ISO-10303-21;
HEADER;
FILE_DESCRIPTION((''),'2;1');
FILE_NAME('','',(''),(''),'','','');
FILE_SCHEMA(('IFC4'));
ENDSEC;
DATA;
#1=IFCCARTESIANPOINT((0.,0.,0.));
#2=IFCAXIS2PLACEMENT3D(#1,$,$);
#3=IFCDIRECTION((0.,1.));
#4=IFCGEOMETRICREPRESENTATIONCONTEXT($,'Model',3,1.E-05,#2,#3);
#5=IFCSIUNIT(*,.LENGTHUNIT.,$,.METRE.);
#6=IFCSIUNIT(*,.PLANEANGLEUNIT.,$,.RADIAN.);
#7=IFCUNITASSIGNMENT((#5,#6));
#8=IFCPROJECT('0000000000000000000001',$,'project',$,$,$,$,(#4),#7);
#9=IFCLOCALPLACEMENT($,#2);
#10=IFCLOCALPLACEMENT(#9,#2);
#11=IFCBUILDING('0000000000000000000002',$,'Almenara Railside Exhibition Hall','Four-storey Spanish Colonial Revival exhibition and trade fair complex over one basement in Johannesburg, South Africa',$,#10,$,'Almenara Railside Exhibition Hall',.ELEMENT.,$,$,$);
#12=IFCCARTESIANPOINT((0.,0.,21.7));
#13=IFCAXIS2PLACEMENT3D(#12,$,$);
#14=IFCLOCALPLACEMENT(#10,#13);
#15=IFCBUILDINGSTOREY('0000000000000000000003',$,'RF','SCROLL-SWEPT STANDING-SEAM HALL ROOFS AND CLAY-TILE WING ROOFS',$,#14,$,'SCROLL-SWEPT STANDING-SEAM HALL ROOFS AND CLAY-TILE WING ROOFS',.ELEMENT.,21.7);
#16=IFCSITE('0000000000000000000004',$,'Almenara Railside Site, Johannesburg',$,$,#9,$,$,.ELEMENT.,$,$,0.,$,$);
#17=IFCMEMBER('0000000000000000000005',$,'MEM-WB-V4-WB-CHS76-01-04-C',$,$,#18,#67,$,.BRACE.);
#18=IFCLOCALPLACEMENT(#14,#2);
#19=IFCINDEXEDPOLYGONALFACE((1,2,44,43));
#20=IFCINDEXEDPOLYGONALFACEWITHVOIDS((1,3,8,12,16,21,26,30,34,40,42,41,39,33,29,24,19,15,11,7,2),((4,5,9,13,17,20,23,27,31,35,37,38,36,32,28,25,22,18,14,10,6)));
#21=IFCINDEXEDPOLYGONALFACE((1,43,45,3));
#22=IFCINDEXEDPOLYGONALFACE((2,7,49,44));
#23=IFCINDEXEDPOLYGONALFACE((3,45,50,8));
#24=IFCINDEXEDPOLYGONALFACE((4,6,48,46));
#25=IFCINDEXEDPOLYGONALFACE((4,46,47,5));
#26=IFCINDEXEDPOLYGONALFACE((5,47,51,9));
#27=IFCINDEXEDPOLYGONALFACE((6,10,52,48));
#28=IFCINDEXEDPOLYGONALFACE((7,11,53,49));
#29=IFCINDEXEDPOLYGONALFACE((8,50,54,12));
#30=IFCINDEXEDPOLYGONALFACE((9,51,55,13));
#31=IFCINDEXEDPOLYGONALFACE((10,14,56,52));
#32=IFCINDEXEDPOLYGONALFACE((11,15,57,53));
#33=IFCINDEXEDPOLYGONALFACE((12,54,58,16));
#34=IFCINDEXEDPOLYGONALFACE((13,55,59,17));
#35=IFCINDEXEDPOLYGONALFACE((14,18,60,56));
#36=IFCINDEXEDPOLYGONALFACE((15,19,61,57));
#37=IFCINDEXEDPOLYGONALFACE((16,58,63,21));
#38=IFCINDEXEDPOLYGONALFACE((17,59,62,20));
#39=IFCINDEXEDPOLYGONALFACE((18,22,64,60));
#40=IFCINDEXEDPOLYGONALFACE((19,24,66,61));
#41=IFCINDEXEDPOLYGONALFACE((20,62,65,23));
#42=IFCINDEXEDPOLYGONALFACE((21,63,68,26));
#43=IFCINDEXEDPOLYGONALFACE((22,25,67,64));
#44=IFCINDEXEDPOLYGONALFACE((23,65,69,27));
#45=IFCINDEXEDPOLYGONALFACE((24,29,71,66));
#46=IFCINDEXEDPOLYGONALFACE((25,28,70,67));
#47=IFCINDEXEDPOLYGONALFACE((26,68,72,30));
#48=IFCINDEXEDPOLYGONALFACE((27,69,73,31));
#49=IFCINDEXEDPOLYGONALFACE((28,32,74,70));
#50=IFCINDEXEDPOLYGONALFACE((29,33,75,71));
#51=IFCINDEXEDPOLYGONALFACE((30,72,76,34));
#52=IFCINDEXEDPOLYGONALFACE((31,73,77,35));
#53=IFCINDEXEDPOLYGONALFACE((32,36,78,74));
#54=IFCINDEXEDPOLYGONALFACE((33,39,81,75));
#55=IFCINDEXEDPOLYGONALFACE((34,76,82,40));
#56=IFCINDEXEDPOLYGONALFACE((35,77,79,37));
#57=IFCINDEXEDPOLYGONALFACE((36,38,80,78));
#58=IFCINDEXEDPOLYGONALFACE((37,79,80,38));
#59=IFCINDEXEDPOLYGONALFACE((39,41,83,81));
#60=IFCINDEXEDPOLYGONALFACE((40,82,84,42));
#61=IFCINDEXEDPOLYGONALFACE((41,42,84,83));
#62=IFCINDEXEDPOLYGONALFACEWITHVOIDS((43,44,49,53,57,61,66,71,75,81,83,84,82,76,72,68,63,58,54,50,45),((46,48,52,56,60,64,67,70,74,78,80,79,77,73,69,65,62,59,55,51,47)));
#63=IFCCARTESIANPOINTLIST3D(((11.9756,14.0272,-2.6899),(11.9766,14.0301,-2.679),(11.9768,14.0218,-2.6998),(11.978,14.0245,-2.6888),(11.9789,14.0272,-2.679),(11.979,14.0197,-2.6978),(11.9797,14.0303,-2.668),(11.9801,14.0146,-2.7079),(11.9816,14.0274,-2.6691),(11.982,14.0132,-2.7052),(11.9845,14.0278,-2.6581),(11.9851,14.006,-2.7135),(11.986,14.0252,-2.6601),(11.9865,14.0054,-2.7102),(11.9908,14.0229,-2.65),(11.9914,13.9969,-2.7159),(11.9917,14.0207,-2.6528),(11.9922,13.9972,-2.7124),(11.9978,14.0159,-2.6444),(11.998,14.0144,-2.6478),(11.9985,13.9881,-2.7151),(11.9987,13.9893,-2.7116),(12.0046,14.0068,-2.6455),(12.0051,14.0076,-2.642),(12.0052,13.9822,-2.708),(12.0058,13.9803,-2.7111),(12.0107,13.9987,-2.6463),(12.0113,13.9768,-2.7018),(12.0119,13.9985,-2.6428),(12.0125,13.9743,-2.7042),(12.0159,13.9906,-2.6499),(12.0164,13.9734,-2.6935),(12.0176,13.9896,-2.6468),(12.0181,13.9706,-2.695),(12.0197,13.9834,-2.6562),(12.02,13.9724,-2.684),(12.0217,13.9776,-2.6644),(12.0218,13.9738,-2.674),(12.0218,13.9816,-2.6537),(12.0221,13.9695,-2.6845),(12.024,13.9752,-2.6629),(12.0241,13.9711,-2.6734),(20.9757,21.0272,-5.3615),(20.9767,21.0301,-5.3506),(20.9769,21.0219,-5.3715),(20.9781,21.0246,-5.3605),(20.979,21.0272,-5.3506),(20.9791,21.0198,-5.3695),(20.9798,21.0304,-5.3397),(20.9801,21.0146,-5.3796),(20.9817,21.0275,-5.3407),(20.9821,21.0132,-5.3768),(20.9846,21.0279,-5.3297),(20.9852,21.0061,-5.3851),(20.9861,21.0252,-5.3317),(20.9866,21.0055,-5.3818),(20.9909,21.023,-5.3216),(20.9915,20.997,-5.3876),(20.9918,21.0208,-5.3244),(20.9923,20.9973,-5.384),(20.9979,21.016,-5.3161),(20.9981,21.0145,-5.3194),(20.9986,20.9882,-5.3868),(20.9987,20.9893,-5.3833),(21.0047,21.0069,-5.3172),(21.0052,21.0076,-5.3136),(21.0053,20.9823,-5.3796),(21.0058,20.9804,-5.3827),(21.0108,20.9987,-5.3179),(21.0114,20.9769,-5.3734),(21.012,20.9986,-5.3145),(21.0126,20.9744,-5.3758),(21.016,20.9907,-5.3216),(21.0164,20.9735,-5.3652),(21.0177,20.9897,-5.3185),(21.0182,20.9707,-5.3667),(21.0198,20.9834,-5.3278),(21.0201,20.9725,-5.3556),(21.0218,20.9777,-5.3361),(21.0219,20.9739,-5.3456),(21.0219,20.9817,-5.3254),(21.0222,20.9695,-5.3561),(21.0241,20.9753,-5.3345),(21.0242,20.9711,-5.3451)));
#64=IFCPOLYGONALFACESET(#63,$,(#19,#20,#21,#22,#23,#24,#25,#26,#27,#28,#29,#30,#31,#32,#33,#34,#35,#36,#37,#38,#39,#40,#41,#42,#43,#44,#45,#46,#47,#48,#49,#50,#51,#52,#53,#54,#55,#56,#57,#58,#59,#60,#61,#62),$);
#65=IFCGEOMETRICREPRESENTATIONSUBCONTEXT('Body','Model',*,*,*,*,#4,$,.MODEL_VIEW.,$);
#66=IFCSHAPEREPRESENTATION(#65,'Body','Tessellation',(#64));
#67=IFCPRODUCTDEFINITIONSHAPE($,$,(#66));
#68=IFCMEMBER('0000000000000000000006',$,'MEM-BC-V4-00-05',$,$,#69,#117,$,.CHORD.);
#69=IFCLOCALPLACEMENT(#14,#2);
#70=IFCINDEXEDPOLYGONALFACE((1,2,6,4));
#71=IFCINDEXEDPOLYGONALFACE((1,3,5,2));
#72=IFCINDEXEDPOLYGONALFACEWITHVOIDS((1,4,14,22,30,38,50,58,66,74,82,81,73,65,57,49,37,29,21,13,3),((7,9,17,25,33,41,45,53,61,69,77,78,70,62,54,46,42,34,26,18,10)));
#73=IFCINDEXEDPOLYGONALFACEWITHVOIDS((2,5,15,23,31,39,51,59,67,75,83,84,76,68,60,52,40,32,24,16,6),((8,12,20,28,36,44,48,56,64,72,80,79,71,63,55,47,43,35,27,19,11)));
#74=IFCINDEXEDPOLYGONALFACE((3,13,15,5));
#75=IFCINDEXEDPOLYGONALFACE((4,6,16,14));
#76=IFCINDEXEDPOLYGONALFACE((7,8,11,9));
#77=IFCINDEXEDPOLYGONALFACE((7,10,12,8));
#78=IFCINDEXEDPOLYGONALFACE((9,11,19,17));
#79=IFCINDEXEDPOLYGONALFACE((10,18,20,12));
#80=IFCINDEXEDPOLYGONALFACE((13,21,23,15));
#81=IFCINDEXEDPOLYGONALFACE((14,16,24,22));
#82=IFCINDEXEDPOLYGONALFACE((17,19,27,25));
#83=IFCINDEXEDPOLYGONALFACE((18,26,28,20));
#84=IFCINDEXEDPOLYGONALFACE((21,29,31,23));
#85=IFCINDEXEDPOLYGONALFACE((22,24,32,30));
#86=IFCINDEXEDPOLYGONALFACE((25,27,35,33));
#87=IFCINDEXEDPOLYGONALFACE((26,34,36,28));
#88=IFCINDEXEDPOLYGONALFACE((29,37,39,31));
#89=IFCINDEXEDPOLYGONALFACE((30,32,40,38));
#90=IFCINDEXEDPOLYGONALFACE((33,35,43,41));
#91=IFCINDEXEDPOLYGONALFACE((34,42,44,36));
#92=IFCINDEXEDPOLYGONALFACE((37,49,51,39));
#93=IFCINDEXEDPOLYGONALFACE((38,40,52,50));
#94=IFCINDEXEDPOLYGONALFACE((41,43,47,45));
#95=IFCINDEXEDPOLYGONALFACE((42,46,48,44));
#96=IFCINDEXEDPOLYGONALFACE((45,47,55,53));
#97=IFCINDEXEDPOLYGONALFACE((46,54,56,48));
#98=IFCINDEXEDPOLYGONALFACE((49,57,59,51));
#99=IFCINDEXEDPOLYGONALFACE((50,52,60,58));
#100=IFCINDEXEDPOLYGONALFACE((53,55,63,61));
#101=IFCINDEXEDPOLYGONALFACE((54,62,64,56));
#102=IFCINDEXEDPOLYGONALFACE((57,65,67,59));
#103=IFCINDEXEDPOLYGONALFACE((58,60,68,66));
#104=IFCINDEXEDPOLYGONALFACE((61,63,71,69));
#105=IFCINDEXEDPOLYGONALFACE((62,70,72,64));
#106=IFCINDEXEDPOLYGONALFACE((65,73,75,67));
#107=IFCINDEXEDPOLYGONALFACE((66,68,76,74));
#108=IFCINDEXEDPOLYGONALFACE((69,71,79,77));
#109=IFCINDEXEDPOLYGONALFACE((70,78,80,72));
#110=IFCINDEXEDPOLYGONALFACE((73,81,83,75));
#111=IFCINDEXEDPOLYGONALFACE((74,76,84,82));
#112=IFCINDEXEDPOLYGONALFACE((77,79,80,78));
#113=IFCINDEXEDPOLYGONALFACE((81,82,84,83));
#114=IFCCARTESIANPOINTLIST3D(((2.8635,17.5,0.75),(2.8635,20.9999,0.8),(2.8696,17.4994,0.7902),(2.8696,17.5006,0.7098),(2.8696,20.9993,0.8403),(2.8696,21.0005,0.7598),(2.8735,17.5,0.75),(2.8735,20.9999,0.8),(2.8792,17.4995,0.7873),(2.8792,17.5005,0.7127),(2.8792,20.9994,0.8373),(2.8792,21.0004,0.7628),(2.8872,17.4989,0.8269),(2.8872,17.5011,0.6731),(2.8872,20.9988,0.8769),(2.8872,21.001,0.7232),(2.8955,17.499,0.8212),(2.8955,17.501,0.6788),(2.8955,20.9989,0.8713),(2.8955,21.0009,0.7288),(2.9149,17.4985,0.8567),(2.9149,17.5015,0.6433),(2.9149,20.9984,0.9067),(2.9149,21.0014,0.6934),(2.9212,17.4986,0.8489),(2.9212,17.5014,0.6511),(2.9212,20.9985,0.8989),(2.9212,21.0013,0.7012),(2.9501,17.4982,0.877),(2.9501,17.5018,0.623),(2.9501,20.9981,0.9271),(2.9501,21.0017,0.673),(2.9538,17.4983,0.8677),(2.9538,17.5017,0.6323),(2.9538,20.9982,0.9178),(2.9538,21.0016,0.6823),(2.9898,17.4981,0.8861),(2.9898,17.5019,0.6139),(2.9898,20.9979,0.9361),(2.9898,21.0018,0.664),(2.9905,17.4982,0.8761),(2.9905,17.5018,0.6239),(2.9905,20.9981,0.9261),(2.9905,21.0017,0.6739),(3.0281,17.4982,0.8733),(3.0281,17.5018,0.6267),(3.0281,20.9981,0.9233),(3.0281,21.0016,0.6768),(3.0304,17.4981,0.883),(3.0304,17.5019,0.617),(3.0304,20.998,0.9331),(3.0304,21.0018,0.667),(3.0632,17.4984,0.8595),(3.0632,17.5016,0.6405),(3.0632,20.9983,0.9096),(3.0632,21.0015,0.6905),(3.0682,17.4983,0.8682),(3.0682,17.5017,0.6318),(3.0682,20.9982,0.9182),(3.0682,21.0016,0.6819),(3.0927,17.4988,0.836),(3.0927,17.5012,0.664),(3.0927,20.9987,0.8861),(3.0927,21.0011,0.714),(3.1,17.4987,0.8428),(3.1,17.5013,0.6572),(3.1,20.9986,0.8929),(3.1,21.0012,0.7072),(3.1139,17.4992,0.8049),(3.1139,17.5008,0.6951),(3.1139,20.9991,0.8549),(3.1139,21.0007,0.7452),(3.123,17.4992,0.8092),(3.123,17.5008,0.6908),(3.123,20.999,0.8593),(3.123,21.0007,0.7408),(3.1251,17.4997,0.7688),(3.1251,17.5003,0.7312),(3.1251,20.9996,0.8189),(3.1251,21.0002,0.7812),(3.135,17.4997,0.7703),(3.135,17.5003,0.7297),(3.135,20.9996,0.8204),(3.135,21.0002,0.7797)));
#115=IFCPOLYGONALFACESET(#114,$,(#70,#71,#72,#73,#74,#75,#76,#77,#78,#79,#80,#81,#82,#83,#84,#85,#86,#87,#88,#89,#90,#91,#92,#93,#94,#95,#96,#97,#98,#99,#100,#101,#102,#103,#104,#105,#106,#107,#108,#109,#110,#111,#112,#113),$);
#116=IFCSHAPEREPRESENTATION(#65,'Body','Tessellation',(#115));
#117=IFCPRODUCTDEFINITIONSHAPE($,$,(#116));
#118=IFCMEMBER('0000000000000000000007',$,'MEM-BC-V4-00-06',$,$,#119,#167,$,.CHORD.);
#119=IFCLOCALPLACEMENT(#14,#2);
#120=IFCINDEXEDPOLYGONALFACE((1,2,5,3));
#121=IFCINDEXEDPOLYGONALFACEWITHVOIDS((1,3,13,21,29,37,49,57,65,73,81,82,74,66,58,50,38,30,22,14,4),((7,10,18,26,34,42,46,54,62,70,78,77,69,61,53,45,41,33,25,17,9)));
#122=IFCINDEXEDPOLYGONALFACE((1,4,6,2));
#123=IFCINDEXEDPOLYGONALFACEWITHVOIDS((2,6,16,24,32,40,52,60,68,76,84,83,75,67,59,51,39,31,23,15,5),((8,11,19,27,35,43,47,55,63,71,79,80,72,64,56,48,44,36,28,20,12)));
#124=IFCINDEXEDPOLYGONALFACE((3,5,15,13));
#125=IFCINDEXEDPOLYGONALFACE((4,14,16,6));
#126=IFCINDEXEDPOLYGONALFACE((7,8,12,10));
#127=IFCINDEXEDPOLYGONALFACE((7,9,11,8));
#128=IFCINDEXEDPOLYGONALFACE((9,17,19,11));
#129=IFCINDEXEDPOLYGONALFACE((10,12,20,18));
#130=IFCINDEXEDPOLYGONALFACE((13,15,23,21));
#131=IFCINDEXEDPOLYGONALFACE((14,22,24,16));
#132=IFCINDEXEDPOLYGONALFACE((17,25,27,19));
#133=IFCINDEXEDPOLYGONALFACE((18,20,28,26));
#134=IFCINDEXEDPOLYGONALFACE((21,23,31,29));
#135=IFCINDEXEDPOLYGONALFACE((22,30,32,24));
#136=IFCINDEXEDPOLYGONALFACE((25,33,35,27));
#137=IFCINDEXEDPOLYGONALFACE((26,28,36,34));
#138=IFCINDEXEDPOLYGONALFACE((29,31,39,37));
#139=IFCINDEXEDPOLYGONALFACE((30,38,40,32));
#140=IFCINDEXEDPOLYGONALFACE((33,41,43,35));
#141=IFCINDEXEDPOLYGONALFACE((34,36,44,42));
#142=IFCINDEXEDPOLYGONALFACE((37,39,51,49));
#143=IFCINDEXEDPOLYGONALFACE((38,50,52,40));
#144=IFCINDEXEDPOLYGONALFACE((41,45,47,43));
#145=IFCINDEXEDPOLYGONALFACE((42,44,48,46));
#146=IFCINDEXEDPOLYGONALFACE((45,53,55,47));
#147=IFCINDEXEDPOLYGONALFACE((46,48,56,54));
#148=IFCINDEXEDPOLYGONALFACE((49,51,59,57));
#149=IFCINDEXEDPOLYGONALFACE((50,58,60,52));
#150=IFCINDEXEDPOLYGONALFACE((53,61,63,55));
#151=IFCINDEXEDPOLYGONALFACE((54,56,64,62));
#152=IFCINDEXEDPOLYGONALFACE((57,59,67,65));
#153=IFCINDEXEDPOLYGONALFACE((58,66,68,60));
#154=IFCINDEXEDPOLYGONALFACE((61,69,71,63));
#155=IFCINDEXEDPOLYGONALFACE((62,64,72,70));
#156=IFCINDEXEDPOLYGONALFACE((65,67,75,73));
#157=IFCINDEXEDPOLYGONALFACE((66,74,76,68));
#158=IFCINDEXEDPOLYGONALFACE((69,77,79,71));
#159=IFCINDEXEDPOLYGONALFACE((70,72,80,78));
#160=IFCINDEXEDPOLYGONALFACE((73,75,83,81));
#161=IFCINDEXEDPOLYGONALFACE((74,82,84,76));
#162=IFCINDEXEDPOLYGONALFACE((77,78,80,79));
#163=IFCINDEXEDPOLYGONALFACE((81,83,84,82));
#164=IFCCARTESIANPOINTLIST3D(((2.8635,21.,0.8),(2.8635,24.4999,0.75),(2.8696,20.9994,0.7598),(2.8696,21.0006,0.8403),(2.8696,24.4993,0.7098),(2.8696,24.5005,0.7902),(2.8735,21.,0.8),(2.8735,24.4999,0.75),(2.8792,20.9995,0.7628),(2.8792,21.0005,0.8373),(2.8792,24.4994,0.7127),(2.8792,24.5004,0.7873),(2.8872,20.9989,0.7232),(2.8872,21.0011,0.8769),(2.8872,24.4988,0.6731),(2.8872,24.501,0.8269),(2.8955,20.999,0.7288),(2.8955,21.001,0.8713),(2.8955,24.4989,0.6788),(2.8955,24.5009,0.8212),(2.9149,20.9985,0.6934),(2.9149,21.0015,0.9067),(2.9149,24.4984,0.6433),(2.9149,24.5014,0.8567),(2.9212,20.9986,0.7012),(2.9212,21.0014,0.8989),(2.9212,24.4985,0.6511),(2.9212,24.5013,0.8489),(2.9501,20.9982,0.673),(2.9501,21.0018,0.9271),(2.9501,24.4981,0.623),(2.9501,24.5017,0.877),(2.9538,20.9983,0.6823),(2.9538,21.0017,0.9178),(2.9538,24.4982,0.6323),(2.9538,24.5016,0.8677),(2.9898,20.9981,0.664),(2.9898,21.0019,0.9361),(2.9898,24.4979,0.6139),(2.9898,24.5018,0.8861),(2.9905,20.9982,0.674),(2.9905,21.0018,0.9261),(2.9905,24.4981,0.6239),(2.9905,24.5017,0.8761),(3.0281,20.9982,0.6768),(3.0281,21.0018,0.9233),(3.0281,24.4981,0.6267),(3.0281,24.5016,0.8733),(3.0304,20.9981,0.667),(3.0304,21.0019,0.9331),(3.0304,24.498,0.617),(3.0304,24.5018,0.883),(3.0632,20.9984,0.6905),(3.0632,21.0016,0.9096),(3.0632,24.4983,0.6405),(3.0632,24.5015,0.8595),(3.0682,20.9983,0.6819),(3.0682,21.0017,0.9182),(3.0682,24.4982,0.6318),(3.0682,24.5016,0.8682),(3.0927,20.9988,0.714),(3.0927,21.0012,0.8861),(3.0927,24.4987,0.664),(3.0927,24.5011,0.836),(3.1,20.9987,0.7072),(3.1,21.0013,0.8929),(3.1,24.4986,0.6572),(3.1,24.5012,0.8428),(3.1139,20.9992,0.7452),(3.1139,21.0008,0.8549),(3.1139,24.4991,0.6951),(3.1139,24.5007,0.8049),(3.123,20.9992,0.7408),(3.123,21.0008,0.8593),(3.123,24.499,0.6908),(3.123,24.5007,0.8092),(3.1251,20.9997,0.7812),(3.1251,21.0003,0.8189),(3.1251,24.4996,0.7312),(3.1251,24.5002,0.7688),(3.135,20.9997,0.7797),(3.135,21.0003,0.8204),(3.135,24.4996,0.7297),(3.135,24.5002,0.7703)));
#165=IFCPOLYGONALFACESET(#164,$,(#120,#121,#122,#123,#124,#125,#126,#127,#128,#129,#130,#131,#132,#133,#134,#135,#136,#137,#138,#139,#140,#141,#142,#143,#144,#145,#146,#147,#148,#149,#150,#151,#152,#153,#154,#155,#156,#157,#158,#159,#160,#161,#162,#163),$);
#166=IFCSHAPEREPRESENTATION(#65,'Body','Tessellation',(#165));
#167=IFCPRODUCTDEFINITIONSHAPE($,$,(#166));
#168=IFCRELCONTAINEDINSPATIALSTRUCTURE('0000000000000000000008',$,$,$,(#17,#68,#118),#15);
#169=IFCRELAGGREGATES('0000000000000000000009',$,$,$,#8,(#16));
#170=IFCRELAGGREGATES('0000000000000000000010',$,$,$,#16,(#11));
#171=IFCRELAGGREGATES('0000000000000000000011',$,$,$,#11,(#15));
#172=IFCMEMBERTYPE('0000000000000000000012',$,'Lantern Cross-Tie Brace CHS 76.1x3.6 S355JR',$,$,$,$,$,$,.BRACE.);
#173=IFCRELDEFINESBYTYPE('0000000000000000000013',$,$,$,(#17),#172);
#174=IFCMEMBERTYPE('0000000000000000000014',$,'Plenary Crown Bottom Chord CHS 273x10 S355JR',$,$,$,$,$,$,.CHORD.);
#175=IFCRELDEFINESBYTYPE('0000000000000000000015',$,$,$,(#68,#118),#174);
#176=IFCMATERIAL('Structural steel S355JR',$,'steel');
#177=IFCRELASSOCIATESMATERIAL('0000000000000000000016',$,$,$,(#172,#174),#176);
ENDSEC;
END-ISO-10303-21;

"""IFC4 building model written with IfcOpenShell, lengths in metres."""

from ifc_helpers import new_model, si_unit, direction, frame, origin, origin_2d, place, context, subcontext, project, spatial, hollow_circle, extrude, material, material_profile, profile_set, type_object, element, save


model = new_model("IFC4")

# Units and contexts
model_context = context("Model", 3, precision=1e-05, world=origin(), true_north=direction((0.0, 1.0)))
body_context = subcontext(model_context, "Body", "Model", "MODEL_VIEW")
ifc_project = project(units=[si_unit("LENGTHUNIT", "METRE"), si_unit("PLANEANGLEUNIT", "RADIAN")], contexts=[model_context])

# Site, building, storey
site_placement = place(None, origin())
site = spatial("IfcSite", under=ifc_project, at=site_placement, Name="Almenara Railside Site, Johannesburg", CompositionType="ELEMENT", RefElevation=0.0)
building_placement = place(site_placement, origin())
building = spatial("IfcBuilding", under=site, at=building_placement, Name="Almenara Railside Exhibition Hall", Description="Four-storey Spanish Colonial Revival exhibition and trade fair complex over one basement in Johannesburg, South Africa", LongName="Almenara Railside Exhibition Hall", CompositionType="ELEMENT")
storey_placement = place(building_placement, frame((0.0, 0.0, 21.7)))
storey = spatial("IfcBuildingStorey", under=building, at=storey_placement, Name="RF", Description="SCROLL-SWEPT STANDING-SEAM HALL ROOFS AND CLAY-TILE WING ROOFS", LongName="SCROLL-SWEPT STANDING-SEAM HALL ROOFS AND CLAY-TILE WING ROOFS", CompositionType="ELEMENT", Elevation=21.7)

# Members
ifc_material_1 = material(Name="Structural steel S355JR", Category="steel")
ifc_material_profile_1 = material_profile(ifc_material_1, hollow_circle(Radius=0.0381, WallThickness=0.0037, at=origin_2d()), Name="CHS 76.1x3.6")
ifc_profile_set_1 = profile_set([ifc_material_profile_1], Name="Structural steel S355JR")
member_type_1 = type_object("IfcMemberType", Name="Lantern Cross-Tie Brace CHS 76.1x3.6 S355JR", PredefinedType="BRACE", material=ifc_profile_set_1)
member_1_placement = place(storey_placement, frame((12.0, 14.0, -2.679), z_axis=(0.768536, 0.59775, -0.228138), x_axis=(-0.613941, 0.789352, 0.0)))
element("IfcMember", 1, at=member_1_placement, inside=storey, type_object=member_type_1, Name="MEM-WB-V4-WB-CHS76-01-04-C", PredefinedType="BRACE", context=body_context, shape_type="SweptSolid", body=[
    extrude(hollow_circle(Radius=0.0381, WallThickness=0.0037, at=origin_2d()), origin(), (0.0, 0.0, 1.0), 11.7107),
])
ifc_material_profile_2 = material_profile(ifc_material_1, hollow_circle(Radius=0.1365, WallThickness=0.01, at=origin_2d()), Name="CHS 273x10")
ifc_profile_set_2 = profile_set([ifc_material_profile_2], Name="Structural steel S355JR")
member_type_2 = type_object("IfcMemberType", Name="Plenary Crown Bottom Chord CHS 273x10 S355JR", PredefinedType="CHORD", material=ifc_profile_set_2)
for number, where, z_axis, x_axis, name in (
    (2, (3.0, 17.5, 0.75), (0.0, 0.999898, 0.014298), (-1.0, 0.0, 0.0), "MEM-BC-V4-00-05"),
    (3, (3.0, 21.0, 0.8), (0.0, 0.999898, -0.014298), (-1.0, 0.0, 0.0), "MEM-BC-V4-00-06"),
):
    element("IfcMember", number, at=place(storey_placement, frame(where, z_axis=z_axis, x_axis=x_axis)), inside=storey, type_object=member_type_2, Name=name, PredefinedType="CHORD", context=body_context, shape_type="SweptSolid", body=[
        extrude(hollow_circle(Radius=0.1365, WallThickness=0.01, at=origin_2d()), origin(), (0.0, 0.0, 1.0), 3.5002),
    ])

save(model, "model.ifc")
